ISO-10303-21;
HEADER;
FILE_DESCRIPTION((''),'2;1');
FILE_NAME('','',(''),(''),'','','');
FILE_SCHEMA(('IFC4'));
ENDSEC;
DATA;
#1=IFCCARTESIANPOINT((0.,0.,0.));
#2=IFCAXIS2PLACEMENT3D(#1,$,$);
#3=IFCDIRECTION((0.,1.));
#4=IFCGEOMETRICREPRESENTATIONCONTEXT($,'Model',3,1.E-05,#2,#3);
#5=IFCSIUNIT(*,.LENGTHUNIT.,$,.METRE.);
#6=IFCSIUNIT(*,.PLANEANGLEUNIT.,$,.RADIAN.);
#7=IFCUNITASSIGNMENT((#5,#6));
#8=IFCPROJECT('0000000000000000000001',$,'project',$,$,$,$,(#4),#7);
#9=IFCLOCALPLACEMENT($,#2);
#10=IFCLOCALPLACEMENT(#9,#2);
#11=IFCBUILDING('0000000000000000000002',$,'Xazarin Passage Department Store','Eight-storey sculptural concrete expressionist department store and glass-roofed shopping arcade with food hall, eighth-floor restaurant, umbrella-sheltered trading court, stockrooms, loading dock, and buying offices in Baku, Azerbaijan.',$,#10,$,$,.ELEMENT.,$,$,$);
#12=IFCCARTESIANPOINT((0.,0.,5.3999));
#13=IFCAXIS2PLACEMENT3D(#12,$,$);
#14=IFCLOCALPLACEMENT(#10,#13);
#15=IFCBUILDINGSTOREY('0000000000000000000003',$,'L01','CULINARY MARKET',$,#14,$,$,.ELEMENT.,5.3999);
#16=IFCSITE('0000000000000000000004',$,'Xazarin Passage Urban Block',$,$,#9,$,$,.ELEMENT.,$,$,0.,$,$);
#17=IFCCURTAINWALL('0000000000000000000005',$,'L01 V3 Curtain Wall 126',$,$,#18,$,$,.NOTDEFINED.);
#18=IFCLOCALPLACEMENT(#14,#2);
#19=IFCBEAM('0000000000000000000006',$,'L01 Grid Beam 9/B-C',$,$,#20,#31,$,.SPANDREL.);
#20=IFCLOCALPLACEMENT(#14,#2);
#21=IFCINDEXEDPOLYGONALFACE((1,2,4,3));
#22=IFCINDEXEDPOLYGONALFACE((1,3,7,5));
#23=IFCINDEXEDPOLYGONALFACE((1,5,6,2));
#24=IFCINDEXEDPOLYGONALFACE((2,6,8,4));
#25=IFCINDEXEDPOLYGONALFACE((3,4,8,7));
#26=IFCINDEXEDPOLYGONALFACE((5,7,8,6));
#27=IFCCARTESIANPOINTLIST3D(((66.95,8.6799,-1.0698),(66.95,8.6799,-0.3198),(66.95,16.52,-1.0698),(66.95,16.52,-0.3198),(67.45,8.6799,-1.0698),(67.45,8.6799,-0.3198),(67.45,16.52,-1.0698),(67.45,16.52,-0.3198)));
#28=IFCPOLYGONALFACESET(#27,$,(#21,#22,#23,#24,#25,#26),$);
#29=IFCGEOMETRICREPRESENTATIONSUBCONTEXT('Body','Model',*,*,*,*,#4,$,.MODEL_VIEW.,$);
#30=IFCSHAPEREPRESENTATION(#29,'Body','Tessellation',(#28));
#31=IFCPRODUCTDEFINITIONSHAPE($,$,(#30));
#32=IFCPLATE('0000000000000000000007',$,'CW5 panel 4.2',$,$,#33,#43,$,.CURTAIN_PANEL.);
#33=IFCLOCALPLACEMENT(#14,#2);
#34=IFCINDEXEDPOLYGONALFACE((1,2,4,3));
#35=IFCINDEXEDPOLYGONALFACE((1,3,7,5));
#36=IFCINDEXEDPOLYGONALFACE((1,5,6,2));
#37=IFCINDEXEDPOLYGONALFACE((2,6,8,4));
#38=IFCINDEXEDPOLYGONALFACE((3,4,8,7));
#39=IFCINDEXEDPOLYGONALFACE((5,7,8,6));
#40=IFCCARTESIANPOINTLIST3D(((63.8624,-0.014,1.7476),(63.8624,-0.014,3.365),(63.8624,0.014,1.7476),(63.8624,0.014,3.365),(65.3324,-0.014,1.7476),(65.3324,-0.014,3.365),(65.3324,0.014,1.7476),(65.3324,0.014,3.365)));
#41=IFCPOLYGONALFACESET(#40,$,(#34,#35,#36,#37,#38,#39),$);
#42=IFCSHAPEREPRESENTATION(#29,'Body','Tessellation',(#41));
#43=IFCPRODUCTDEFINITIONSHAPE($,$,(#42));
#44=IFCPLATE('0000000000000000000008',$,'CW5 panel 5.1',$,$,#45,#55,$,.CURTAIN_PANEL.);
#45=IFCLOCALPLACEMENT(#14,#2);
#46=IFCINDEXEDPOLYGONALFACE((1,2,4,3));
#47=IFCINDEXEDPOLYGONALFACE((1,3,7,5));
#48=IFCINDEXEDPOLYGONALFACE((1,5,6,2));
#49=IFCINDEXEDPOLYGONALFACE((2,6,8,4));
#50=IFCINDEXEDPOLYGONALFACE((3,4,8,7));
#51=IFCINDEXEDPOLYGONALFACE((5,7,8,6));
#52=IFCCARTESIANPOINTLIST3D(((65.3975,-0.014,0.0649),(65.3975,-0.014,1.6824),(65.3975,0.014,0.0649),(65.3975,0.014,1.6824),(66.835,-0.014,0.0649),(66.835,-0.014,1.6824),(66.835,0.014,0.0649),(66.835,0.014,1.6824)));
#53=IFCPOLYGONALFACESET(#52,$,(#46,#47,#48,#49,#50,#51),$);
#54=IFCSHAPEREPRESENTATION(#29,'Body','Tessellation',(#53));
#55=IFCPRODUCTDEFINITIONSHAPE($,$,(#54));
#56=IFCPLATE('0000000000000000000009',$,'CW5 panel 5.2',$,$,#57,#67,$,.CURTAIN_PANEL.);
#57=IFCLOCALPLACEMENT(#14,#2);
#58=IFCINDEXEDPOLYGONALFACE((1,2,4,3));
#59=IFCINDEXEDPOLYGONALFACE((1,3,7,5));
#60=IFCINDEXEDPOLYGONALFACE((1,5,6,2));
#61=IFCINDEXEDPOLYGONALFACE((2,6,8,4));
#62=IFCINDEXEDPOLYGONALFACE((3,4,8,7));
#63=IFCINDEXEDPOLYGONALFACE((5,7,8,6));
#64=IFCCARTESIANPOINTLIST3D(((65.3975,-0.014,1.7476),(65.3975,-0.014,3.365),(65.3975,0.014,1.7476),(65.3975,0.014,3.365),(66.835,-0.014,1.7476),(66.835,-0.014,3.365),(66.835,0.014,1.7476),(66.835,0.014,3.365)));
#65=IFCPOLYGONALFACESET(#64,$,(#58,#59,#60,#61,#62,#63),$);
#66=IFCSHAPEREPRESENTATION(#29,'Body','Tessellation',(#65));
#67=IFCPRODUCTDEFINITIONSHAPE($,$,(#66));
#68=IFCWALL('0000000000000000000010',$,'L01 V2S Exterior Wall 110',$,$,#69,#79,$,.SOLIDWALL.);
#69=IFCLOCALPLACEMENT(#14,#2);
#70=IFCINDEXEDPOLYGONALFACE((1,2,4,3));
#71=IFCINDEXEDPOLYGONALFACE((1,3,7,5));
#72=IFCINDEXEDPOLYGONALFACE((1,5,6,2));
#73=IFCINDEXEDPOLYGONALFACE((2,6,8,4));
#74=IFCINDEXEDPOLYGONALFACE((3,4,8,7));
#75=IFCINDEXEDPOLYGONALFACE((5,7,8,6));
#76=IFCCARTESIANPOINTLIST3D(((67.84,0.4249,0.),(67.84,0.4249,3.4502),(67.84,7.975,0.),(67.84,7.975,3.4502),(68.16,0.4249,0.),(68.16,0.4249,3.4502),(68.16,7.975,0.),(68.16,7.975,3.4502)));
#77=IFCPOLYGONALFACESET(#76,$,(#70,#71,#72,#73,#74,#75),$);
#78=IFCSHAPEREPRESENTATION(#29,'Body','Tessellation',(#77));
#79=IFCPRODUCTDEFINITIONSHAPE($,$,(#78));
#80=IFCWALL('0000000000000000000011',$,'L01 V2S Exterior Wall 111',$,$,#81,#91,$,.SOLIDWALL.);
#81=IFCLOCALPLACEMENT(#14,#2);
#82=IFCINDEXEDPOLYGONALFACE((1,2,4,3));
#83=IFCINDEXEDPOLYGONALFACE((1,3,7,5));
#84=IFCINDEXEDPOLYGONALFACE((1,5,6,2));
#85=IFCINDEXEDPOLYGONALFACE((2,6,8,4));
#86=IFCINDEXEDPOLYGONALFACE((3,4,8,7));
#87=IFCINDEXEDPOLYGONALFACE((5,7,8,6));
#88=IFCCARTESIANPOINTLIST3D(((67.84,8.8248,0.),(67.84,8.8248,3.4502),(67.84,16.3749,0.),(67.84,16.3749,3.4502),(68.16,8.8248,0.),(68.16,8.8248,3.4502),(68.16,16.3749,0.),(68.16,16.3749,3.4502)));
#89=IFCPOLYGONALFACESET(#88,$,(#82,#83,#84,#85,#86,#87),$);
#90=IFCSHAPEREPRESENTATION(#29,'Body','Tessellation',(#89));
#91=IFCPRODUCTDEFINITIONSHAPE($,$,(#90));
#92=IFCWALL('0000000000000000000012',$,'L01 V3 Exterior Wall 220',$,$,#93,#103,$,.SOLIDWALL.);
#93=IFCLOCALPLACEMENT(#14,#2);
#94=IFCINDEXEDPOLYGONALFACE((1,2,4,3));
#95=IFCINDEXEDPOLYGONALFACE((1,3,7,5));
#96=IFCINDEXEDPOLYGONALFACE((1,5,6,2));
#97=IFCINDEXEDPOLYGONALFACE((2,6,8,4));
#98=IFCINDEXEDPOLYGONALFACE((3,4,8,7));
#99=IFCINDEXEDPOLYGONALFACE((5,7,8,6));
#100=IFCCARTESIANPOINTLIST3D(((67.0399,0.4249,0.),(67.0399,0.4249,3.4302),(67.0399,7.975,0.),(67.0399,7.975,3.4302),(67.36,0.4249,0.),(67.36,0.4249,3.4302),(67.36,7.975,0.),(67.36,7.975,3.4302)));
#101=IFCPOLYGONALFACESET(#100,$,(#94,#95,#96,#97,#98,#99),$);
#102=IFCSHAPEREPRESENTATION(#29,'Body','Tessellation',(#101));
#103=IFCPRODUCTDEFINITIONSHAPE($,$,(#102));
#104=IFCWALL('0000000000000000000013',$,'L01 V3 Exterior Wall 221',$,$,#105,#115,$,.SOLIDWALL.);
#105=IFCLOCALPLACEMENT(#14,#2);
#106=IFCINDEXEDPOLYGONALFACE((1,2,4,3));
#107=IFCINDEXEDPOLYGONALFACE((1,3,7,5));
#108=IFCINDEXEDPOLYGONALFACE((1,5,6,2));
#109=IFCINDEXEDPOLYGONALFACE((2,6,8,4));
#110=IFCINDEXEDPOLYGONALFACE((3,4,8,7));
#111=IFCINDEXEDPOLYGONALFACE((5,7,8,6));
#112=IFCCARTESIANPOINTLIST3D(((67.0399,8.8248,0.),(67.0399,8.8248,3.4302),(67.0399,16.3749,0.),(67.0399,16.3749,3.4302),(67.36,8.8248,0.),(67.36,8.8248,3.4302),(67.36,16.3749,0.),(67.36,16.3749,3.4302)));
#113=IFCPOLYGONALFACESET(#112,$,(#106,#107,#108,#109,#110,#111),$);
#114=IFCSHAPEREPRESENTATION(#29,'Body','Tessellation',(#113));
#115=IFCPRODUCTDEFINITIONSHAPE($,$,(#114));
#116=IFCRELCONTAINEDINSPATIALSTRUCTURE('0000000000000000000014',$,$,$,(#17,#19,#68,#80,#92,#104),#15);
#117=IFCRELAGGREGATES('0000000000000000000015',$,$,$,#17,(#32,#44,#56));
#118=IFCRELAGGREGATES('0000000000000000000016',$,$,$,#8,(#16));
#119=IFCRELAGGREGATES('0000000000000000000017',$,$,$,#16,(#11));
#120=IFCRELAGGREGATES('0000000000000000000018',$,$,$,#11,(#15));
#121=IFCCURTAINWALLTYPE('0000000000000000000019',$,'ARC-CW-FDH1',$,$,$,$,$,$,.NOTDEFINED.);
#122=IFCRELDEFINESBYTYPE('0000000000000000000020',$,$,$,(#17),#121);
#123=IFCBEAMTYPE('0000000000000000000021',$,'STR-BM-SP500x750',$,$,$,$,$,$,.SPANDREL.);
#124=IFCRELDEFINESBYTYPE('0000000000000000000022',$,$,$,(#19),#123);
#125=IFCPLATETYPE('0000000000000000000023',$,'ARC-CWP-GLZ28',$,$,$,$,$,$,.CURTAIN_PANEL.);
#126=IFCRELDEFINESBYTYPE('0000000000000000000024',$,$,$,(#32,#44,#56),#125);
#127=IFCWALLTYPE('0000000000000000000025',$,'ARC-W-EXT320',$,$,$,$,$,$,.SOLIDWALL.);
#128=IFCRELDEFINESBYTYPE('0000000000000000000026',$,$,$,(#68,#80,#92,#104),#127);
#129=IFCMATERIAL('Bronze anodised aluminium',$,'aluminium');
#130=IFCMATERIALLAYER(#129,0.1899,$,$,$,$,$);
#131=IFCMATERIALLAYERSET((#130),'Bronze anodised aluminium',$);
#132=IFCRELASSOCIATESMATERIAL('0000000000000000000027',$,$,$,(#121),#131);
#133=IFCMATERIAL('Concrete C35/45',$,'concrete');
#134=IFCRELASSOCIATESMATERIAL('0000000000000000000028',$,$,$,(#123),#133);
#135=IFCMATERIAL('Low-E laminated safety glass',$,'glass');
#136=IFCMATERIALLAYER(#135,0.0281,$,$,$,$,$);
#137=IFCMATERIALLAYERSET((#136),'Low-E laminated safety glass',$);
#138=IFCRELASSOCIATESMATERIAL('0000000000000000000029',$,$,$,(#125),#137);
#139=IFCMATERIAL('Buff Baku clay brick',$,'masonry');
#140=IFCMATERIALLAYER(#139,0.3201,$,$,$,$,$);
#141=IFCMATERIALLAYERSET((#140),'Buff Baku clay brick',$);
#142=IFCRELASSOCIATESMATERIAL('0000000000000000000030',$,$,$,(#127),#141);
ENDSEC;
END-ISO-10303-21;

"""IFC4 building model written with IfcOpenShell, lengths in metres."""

from ifc_helpers import new_model, si_unit, direction, frame, frame_2d, origin, origin_2d, place, context, subcontext, project, spatial, rectangle, extrude, material, layer, layer_set, material_profile, profile_set, type_object, element, aggregate, save


model = new_model("IFC4")

# Units and contexts
model_context = context("Model", 3, precision=1e-05, world=origin(), true_north=direction((0.0, 1.0)))
body_context = subcontext(model_context, "Body", "Model", "MODEL_VIEW")
ifc_project = project(units=[si_unit("LENGTHUNIT", "METRE"), si_unit("PLANEANGLEUNIT", "RADIAN")], contexts=[model_context])

# Site, building, storey
site_placement = place(None, origin())
site = spatial("IfcSite", under=ifc_project, at=site_placement, Name="Xazarin Passage Urban Block", CompositionType="ELEMENT", RefElevation=0.0)
building_placement = place(site_placement, origin())
building = spatial("IfcBuilding", under=site, at=building_placement, Name="Xazarin Passage Department Store", Description="Eight-storey sculptural concrete expressionist department store and glass-roofed shopping arcade with food hall, eighth-floor restaurant, umbrella-sheltered trading court, stockrooms, loading dock, and buying offices in Baku, Azerbaijan.", CompositionType="ELEMENT")
storey_placement = place(building_placement, frame((0.0, 0.0, 5.3999)))
storey = spatial("IfcBuildingStorey", under=building, at=storey_placement, Name="L01", Description="CULINARY MARKET", CompositionType="ELEMENT", Elevation=5.3999)

# Curtain wall
ifc_material_1 = material(Name="Bronze anodised aluminium", Category="aluminium")
ifc_layer_1 = layer(ifc_material_1, 0.1899)
ifc_layer_set_1 = layer_set([ifc_layer_1], Name="Bronze anodised aluminium")
curtain_wall_type = type_object("IfcCurtainWallType", Name="ARC-CW-FDH1", PredefinedType="NOTDEFINED", material=ifc_layer_set_1)
curtain_wall_placement = place(storey_placement, origin())
curtain_wall = element("IfcCurtainWall", 1, at=curtain_wall_placement, inside=storey, type_object=curtain_wall_type, Name="L01 V3 Curtain Wall 126", PredefinedType="NOTDEFINED")

# Beam
ifc_material_2 = material(Name="Concrete C35/45", Category="concrete")
ifc_material_profile_1 = material_profile(ifc_material_2, rectangle(XDim=0.5, YDim=0.75, at=origin_2d()), Name="RC 500x750")
ifc_profile_set_1 = profile_set([ifc_material_profile_1], Name="Concrete C35/45")
beam_type = type_object("IfcBeamType", Name="STR-BM-SP500x750", PredefinedType="SPANDREL", material=ifc_profile_set_1)
for number, where, z_axis, x_axis, name in (
    (2, (67.2, 8.6799, -0.6948), (0.0, 1.0, 0.0), (-1.0, 0.0, 0.0), "L01 Grid Beam 9/B-C"),
):
    element("IfcBeam", number, at=place(storey_placement, frame(where, z_axis=z_axis, x_axis=x_axis)), inside=storey, type_object=beam_type, Name=name, PredefinedType="SPANDREL", context=body_context, shape_type="SweptSolid", body=[
        extrude(rectangle(XDim=0.5, YDim=0.75, at=origin_2d()), origin(), (0.0, 0.0, 1.0), 7.8401),
    ])

# Plates
ifc_material_3 = material(Name="Low-E laminated safety glass", Category="glass")
ifc_layer_2 = layer(ifc_material_3, 0.0281)
ifc_layer_set_2 = layer_set([ifc_layer_2], Name="Low-E laminated safety glass")
plate_type = type_object("IfcPlateType", Name="ARC-CWP-GLZ28", PredefinedType="CURTAIN_PANEL", material=ifc_layer_set_2)
plate_1_placement = place(storey_placement, frame((64.5974, 0.0, 1.7476), z_axis=(0.0, 0.0, 1.0), x_axis=(1.0, 0.0, 0.0)))
plate_1 = element("IfcPlate", 3, at=plate_1_placement, type_object=plate_type, Name="CW5 panel 4.2", PredefinedType="CURTAIN_PANEL", context=body_context, shape_type="SweptSolid", body=[
    extrude(rectangle(XDim=1.47, YDim=0.0281, at=origin_2d()), origin(), (0.0, 0.0, 1.0), 1.6174),
])
plate_2_placement = place(storey_placement, frame((66.1162, 0.0, 0.0649), z_axis=(0.0, 0.0, 1.0), x_axis=(1.0, 0.0, 0.0)))
plate_2 = element("IfcPlate", 4, at=plate_2_placement, type_object=plate_type, Name="CW5 panel 5.1", PredefinedType="CURTAIN_PANEL", context=body_context, shape_type="SweptSolid", body=[
    extrude(rectangle(XDim=1.4375, YDim=0.0281, at=origin_2d()), origin(), (0.0, 0.0, 1.0), 1.6174),
])
plate_3_placement = place(storey_placement, frame((66.1162, 0.0, 1.7476), z_axis=(0.0, 0.0, 1.0), x_axis=(1.0, 0.0, 0.0)))
plate_3 = element("IfcPlate", 5, at=plate_3_placement, type_object=plate_type, Name="CW5 panel 5.2", PredefinedType="CURTAIN_PANEL", context=body_context, shape_type="SweptSolid", body=[
    extrude(rectangle(XDim=1.4375, YDim=0.0281, at=origin_2d()), origin(), (0.0, 0.0, 1.0), 1.6174),
])
aggregate(curtain_wall, [plate_1, plate_2, plate_3])

# Walls
ifc_material_4 = material(Name="Buff Baku clay brick", Category="masonry")
ifc_layer_3 = layer(ifc_material_4, 0.3201)
ifc_layer_set_3 = layer_set([ifc_layer_3], Name="Buff Baku clay brick")
wall_type = type_object("IfcWallType", Name="ARC-W-EXT320", PredefinedType="SOLIDWALL", material=ifc_layer_set_3)
for number, where, z_axis, x_axis, name in (
    (6, (68.0, 0.425, 0.0), (0.0, 0.0, 1.0), (0.0, 1.0, 0.0), "L01 V2S Exterior Wall 110"),
    (7, (68.0, 8.825, 0.0), (0.0, 0.0, 1.0), (0.0, 1.0, 0.0), "L01 V2S Exterior Wall 111"),
):
    element("IfcWall", number, at=place(storey_placement, frame(where, z_axis=z_axis, x_axis=x_axis)), inside=storey, type_object=wall_type, Name=name, PredefinedType="SOLIDWALL", context=body_context, shape_type="SweptSolid", body=[
        extrude(rectangle(XDim=7.55, YDim=0.3201, at=frame_2d((3.7749, 0.0))), origin(), (0.0, 0.0, 1.0), 3.4502),
    ])
for number, where, z_axis, x_axis, name in (
    (8, (67.2, 0.425, 0.0), (0.0, 0.0, 1.0), (0.0, 1.0, 0.0), "L01 V3 Exterior Wall 220"),
    (9, (67.2, 8.825, 0.0), (0.0, 0.0, 1.0), (0.0, 1.0, 0.0), "L01 V3 Exterior Wall 221"),
):
    element("IfcWall", number, at=place(storey_placement, frame(where, z_axis=z_axis, x_axis=x_axis)), inside=storey, type_object=wall_type, Name=name, PredefinedType="SOLIDWALL", context=body_context, shape_type="SweptSolid", body=[
        extrude(rectangle(XDim=7.55, YDim=0.3201, at=frame_2d((3.7749, 0.0))), origin(), (0.0, 0.0, 1.0), 3.4302),
    ])

save(model, "model.ifc")
